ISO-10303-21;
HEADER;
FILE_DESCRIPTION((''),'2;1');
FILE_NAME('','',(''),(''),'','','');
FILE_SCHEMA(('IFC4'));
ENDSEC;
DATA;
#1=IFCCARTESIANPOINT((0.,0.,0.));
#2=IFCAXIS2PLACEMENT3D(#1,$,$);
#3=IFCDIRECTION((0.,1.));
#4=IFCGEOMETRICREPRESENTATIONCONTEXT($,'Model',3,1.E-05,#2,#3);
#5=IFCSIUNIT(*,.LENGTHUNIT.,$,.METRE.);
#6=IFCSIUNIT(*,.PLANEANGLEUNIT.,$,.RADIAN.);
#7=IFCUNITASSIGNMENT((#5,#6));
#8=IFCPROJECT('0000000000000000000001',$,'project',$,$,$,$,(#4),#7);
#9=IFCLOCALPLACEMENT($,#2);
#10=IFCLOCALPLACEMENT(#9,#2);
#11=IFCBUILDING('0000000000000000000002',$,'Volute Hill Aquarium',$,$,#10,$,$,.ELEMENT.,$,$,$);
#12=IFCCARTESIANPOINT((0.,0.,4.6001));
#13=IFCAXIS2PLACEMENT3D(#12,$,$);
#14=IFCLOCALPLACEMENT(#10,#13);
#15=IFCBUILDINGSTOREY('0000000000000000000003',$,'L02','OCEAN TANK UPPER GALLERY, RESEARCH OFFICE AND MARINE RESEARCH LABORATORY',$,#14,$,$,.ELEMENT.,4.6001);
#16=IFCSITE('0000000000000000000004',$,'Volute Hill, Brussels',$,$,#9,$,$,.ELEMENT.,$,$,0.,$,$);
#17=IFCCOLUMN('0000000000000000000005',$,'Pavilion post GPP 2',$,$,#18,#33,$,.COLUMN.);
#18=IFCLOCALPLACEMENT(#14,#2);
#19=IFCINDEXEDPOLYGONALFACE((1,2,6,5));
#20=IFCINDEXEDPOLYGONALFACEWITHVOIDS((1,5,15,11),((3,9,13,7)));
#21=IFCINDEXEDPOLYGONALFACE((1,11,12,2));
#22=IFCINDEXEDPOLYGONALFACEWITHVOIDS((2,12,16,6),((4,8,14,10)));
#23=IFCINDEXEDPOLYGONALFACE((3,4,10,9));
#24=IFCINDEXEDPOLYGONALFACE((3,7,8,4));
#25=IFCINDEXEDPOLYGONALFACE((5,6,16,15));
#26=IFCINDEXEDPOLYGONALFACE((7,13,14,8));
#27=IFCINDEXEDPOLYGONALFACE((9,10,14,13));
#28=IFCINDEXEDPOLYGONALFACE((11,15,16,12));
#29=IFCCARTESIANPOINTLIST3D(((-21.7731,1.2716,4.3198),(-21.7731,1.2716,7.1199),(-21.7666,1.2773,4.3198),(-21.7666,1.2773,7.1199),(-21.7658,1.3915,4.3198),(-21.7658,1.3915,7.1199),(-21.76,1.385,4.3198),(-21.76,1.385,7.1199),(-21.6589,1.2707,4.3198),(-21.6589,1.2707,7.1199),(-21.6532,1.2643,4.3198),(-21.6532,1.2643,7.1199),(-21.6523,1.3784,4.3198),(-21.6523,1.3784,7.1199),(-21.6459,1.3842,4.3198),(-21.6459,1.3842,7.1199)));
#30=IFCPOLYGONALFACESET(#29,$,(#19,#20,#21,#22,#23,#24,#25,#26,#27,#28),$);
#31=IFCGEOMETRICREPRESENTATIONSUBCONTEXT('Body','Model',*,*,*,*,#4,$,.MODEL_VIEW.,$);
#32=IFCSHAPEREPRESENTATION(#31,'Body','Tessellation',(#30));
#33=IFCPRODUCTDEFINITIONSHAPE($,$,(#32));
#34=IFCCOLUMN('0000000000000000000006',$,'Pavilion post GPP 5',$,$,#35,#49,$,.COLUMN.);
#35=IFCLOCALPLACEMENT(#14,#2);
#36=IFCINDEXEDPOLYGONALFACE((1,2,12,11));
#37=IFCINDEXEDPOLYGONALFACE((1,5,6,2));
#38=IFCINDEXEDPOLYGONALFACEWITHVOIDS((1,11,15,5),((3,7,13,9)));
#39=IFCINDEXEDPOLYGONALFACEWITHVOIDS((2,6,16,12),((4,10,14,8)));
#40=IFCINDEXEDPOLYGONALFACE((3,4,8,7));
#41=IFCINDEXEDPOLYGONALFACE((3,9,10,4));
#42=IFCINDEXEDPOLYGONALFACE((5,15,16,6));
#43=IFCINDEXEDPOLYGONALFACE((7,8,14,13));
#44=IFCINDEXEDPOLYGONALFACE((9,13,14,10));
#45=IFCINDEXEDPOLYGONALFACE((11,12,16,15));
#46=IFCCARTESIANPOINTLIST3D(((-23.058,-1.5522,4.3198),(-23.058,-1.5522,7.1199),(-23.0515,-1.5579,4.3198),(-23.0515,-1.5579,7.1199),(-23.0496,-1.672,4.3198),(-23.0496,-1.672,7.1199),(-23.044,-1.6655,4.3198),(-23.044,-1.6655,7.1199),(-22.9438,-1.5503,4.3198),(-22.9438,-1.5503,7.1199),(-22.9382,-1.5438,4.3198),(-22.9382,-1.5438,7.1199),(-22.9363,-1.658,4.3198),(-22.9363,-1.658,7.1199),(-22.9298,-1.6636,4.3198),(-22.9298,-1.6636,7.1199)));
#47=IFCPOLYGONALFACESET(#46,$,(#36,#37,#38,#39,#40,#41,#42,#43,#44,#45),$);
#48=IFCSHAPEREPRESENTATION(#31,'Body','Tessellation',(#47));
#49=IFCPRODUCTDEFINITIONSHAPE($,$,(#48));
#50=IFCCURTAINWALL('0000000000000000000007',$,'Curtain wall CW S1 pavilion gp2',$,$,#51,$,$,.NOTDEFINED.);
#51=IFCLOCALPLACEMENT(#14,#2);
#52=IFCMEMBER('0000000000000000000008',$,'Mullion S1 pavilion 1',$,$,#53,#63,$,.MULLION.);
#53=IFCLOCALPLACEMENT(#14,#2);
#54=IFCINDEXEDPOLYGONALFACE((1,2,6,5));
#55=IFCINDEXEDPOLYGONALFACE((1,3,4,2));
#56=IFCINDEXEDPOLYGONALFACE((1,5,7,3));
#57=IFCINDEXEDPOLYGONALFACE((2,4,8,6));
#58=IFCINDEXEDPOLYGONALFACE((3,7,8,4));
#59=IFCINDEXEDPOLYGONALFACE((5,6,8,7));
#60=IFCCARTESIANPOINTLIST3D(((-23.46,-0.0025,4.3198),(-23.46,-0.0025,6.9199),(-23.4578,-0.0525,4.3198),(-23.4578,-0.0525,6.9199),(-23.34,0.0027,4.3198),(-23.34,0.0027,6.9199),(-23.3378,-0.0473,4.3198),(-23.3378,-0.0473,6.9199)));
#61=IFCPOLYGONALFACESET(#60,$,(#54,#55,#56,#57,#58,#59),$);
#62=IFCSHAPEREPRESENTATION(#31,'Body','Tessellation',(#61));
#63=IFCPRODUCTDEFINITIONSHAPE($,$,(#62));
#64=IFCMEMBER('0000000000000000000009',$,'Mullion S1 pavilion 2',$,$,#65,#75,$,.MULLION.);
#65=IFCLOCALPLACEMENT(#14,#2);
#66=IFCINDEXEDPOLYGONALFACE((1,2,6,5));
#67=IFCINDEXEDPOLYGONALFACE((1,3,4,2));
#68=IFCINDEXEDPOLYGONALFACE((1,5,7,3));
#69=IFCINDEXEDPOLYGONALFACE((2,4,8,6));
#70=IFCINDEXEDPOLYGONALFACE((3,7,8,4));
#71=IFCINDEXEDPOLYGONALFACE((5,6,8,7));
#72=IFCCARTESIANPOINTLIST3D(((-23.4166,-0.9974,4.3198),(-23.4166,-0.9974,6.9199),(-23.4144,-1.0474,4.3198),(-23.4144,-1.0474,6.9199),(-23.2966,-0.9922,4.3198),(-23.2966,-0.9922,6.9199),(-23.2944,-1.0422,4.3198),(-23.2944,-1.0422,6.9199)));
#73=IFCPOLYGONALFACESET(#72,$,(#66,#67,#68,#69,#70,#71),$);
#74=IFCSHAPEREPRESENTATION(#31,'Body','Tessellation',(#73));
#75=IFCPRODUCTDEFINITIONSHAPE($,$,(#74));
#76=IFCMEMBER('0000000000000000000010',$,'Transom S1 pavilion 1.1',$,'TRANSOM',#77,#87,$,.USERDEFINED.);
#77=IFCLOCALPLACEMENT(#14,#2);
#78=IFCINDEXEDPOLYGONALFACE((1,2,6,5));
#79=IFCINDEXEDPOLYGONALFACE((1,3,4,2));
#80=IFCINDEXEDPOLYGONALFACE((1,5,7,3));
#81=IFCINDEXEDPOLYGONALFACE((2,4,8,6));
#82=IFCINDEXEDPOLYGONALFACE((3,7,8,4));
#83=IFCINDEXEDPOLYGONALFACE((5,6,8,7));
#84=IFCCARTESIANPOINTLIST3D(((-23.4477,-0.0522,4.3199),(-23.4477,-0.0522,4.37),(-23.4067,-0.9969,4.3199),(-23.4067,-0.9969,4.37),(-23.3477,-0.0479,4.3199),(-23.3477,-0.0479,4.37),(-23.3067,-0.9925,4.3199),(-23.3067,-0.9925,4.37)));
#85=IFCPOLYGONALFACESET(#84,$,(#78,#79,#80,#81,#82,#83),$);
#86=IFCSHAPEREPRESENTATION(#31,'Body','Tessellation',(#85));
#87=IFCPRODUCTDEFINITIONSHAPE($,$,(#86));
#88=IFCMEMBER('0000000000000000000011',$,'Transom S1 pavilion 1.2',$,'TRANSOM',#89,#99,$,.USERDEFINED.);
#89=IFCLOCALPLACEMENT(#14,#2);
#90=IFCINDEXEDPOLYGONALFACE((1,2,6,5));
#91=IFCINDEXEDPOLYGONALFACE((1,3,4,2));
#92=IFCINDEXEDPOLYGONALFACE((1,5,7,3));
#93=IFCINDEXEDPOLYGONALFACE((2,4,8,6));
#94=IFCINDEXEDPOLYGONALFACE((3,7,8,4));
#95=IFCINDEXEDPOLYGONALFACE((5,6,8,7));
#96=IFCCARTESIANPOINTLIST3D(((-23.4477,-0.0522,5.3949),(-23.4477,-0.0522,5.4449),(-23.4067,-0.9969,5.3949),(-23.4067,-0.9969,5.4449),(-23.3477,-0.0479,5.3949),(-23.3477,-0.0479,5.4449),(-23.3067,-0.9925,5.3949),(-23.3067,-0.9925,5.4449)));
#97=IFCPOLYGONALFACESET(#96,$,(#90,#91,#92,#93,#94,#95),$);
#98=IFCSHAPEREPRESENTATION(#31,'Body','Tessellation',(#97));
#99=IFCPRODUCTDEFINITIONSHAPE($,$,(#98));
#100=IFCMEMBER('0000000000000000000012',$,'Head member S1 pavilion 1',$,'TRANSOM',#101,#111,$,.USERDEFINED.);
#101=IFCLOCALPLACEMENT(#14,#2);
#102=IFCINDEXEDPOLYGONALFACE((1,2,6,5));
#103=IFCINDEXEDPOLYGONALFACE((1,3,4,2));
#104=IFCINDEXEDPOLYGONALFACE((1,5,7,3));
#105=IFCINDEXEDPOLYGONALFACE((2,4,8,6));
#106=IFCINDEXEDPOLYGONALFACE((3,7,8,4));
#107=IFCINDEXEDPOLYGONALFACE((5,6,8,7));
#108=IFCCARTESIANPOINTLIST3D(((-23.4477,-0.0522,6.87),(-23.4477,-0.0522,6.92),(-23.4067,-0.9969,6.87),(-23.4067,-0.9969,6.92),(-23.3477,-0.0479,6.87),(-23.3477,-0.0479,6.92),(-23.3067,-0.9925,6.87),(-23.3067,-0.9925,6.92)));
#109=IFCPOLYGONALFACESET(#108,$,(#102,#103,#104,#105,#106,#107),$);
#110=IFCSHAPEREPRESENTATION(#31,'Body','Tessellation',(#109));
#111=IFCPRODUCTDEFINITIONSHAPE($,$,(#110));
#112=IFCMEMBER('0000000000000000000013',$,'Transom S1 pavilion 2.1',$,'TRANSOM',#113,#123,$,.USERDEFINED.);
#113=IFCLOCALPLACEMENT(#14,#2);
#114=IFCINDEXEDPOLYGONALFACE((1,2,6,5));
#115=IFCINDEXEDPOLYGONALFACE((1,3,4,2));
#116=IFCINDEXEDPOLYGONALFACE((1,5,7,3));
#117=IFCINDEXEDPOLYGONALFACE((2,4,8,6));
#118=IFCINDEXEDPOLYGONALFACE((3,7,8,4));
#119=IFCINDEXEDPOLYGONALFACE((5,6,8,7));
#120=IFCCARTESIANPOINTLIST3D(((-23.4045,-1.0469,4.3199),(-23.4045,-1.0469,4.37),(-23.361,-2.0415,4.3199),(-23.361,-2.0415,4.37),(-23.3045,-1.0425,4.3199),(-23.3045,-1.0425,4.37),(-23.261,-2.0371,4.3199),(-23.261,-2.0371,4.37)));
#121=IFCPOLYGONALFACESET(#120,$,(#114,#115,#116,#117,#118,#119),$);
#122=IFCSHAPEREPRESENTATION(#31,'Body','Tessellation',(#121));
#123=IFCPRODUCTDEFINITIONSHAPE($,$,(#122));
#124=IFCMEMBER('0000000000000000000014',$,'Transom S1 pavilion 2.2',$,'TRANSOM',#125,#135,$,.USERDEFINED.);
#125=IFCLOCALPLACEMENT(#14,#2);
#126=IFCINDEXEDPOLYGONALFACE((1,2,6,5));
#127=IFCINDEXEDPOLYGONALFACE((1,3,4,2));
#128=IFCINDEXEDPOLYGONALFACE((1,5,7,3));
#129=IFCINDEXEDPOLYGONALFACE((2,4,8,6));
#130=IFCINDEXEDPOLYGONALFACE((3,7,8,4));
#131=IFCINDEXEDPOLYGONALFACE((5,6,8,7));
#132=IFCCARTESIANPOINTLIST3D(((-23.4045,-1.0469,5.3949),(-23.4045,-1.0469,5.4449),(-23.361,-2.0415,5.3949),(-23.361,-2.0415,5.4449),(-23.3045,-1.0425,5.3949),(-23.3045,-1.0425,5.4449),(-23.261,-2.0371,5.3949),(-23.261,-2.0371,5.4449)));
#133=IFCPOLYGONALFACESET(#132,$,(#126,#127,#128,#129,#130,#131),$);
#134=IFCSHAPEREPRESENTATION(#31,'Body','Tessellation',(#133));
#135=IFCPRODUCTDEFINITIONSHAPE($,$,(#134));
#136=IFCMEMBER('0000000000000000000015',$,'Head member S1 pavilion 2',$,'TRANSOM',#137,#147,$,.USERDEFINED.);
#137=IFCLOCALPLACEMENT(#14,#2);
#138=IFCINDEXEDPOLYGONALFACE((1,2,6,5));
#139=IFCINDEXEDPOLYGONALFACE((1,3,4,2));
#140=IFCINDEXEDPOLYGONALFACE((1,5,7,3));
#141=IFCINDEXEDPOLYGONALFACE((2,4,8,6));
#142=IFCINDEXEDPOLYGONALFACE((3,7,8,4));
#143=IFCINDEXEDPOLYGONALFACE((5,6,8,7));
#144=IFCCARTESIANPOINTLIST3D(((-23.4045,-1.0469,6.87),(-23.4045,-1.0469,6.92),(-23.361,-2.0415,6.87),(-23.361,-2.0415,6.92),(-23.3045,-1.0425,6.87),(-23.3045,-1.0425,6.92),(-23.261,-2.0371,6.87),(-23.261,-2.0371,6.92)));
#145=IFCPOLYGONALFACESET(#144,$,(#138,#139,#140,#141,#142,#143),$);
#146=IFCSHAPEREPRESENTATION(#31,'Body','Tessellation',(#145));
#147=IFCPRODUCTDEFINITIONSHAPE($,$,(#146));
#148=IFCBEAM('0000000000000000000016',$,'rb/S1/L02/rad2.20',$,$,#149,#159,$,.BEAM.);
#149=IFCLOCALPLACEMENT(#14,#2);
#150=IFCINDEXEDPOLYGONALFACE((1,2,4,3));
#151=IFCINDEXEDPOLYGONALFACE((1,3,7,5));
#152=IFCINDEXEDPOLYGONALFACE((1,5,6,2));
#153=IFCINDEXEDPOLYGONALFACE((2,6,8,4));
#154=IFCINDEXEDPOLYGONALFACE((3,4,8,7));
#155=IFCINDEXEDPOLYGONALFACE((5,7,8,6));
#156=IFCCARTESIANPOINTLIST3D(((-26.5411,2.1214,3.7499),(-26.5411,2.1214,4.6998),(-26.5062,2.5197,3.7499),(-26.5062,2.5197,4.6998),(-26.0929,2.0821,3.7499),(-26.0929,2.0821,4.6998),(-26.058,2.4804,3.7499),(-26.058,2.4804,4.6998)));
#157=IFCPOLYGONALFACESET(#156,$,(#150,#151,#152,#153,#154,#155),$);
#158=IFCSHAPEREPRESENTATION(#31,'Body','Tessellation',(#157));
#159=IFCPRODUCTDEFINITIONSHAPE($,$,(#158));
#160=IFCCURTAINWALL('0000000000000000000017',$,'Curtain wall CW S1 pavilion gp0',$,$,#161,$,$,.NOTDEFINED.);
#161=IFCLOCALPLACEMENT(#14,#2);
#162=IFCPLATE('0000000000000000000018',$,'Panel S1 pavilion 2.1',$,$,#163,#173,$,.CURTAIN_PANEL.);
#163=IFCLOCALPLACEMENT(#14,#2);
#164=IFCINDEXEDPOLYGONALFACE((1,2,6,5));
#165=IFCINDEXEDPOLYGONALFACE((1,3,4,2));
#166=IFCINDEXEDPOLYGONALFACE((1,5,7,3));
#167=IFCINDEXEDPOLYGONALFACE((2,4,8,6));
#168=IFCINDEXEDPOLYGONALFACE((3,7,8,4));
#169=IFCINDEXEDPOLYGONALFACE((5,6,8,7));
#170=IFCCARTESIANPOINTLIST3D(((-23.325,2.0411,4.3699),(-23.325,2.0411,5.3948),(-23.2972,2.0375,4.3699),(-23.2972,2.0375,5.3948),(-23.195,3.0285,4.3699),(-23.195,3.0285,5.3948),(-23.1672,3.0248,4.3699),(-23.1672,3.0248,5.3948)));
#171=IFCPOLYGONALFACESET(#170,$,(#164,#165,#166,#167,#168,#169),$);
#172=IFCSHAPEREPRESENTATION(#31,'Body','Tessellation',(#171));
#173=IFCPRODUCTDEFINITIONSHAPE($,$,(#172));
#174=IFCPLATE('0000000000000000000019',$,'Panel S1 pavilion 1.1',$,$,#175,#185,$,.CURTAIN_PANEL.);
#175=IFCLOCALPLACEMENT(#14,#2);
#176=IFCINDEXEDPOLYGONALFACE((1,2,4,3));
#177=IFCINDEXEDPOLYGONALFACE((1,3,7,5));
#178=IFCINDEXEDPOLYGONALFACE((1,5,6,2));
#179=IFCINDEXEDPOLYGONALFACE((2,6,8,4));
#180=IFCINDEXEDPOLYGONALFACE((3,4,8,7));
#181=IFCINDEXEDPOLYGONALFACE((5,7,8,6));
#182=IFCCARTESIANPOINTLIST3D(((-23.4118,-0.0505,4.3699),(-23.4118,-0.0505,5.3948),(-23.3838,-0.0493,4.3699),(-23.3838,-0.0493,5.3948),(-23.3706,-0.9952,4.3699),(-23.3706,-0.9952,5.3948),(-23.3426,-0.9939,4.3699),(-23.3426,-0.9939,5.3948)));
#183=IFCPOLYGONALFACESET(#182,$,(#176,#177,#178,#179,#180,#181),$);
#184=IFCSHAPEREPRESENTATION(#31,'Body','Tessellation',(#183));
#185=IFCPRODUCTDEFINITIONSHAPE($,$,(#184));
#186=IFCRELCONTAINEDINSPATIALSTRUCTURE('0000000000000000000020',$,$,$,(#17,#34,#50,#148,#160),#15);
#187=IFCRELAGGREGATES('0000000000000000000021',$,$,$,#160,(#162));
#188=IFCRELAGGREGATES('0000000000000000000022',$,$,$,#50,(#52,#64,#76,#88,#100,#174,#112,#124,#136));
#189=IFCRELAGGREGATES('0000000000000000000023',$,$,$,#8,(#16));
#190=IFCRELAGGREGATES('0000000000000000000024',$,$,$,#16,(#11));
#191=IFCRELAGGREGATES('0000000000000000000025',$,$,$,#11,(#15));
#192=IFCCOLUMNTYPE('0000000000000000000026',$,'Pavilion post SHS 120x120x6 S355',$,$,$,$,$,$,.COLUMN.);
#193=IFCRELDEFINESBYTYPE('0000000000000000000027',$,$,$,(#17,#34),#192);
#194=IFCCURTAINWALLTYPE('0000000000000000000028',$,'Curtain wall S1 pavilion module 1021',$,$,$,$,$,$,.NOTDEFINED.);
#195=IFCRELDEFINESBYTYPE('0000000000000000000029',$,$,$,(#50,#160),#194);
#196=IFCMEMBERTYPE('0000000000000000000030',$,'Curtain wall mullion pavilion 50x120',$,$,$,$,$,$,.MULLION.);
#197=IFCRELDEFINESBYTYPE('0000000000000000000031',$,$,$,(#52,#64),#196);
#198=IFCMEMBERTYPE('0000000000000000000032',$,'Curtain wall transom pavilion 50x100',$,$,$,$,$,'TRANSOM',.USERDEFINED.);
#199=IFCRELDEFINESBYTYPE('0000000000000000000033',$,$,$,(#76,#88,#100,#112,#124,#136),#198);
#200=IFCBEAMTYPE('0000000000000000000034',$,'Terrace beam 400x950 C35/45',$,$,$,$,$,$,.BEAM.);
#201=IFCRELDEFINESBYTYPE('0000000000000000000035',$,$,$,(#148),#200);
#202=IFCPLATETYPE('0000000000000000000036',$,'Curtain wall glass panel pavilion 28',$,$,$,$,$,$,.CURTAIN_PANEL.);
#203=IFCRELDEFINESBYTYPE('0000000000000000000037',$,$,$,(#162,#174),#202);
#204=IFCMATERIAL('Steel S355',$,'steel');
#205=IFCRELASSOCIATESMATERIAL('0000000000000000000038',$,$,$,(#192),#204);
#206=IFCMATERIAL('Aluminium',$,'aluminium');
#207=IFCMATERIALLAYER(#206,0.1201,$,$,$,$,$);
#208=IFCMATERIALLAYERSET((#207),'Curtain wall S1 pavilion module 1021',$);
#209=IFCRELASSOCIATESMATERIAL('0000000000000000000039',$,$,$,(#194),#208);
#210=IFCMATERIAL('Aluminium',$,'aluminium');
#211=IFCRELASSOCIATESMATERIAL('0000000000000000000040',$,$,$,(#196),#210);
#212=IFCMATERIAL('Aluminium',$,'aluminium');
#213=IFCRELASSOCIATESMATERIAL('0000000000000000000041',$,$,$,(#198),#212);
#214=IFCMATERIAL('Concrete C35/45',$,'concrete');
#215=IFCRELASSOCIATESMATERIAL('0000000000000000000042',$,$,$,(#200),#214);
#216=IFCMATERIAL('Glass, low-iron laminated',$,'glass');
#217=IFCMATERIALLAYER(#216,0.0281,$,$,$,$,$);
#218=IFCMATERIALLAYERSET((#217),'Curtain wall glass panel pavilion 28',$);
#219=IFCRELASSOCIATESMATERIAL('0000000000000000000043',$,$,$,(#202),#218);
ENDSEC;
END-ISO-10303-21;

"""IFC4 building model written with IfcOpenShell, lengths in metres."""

from ifc_helpers import new_model, si_unit, direction, frame, origin, origin_2d, place, context, subcontext, project, spatial, rectangle, hollow_rectangle, extrude, material, layer, layer_set, material_profile, profile_set, type_object, element, aggregate, save


model = new_model("IFC4")

# Units and contexts
model_context = context("Model", 3, precision=1e-05, world=origin(), true_north=direction((0.0, 1.0)))
body_context = subcontext(model_context, "Body", "Model", "MODEL_VIEW")
ifc_project = project(units=[si_unit("LENGTHUNIT", "METRE"), si_unit("PLANEANGLEUNIT", "RADIAN")], contexts=[model_context])

# Site, building, storey
site_placement = place(None, origin())
site = spatial("IfcSite", under=ifc_project, at=site_placement, Name="Volute Hill, Brussels", CompositionType="ELEMENT", RefElevation=0.0)
building_placement = place(site_placement, origin())
building = spatial("IfcBuilding", under=site, at=building_placement, Name="Volute Hill Aquarium", CompositionType="ELEMENT")
storey_placement = place(building_placement, frame((0.0, 0.0, 4.6001)))
storey = spatial("IfcBuildingStorey", under=building, at=storey_placement, Name="L02", Description="OCEAN TANK UPPER GALLERY, RESEARCH OFFICE AND MARINE RESEARCH LABORATORY", CompositionType="ELEMENT", Elevation=4.6001)

# Columns
ifc_material_1 = material(Name="Steel S355", Category="steel")
ifc_material_profile_1 = material_profile(ifc_material_1, hollow_rectangle(XDim=0.1201, YDim=0.1201, WallThickness=0.0061, at=origin_2d()), Name="SHS 120x120x6")
ifc_profile_set_1 = profile_set([ifc_material_profile_1], Name="Steel S355")
column_type = type_object("IfcColumnType", Name="Pavilion post SHS 120x120x6 S355", PredefinedType="COLUMN", material=ifc_profile_set_1)
for number, where, z_axis, x_axis, name in (
    (1, (-21.7095, 1.3279, 4.3198), (0.0, 0.0, 1.0), (-0.998135, 0.061049, 0.0), "Pavilion post GPP 2"),
    (2, (-22.9939, -1.6079, 4.3198), (0.0, 0.0, 1.0), (-0.997564, -0.069756, 0.0), "Pavilion post GPP 5"),
):
    element("IfcColumn", number, at=place(storey_placement, frame(where, z_axis=z_axis, x_axis=x_axis)), inside=storey, type_object=column_type, Name=name, PredefinedType="COLUMN", context=body_context, shape_type="SweptSolid", body=[
        extrude(hollow_rectangle(XDim=0.1201, YDim=0.1201, WallThickness=0.0061, at=origin_2d()), origin(), (0.0, 0.0, 1.0), 2.8),
    ])

# Curtain wall, members
ifc_material_2 = material(Name="Aluminium", Category="aluminium")
ifc_layer_1 = layer(ifc_material_2, 0.1201)
ifc_layer_set_1 = layer_set([ifc_layer_1], Name="Curtain wall S1 pavilion module 1021")
curtain_wall_type = type_object("IfcCurtainWallType", Name="Curtain wall S1 pavilion module 1021", PredefinedType="NOTDEFINED", material=ifc_layer_set_1)
curtain_wall_1_placement = place(storey_placement, origin())
curtain_wall_1 = element("IfcCurtainWall", 3, at=curtain_wall_1_placement, inside=storey, type_object=curtain_wall_type, Name="Curtain wall CW S1 pavilion gp2", PredefinedType="NOTDEFINED")
ifc_material_3 = material(Name="Aluminium", Category="aluminium")
ifc_material_profile_2 = material_profile(ifc_material_3, rectangle(XDim=0.1201, YDim=0.05, at=origin_2d()), Name="Curtain wall mullion pavilion 50x120")
ifc_profile_set_2 = profile_set([ifc_material_profile_2], Name="Aluminium")
member_type_1 = type_object("IfcMemberType", Name="Curtain wall mullion pavilion 50x120", PredefinedType="MULLION", material=ifc_profile_set_2)
member_1_placement = place(storey_placement, frame((-23.3989, -0.0249, 4.3198), z_axis=(0.0, 0.0, 1.0), x_axis=(0.999049, 0.043599, 0.0)))
member_1 = element("IfcMember", 4, at=member_1_placement, type_object=member_type_1, Name="Mullion S1 pavilion 1", PredefinedType="MULLION", context=body_context, shape_type="SweptSolid", body=[
    extrude(rectangle(XDim=0.1201, YDim=0.05, at=origin_2d()), origin(), (0.0, 0.0, 1.0), 2.6001),
])
member_2_placement = place(storey_placement, frame((-23.3555, -1.0198, 4.3198), z_axis=(0.0, 0.0, 1.0), x_axis=(0.999049, 0.043599, 0.0)))
member_2 = element("IfcMember", 5, at=member_2_placement, type_object=member_type_1, Name="Mullion S1 pavilion 2", PredefinedType="MULLION", context=body_context, shape_type="SweptSolid", body=[
    extrude(rectangle(XDim=0.1201, YDim=0.05, at=origin_2d()), origin(), (0.0, 0.0, 1.0), 2.6001),
])
ifc_material_4 = material(Name="Aluminium", Category="aluminium")
ifc_material_profile_3 = material_profile(ifc_material_4, rectangle(XDim=0.1001, YDim=0.05, at=origin_2d()), Name="Curtain wall transom pavilion 50x100")
ifc_profile_set_3 = profile_set([ifc_material_profile_3], Name="Aluminium")
member_type_2 = type_object("IfcMemberType", Name="Curtain wall transom pavilion 50x100", ElementType="TRANSOM", PredefinedType="USERDEFINED", material=ifc_profile_set_3)
member_3_placement = place(storey_placement, frame((-23.3977, -0.05, 4.345), z_axis=(0.043381, -0.999059, 0.0), x_axis=(0.999059, 0.043381, 0.0)))
member_3 = element("IfcMember", 6, at=member_3_placement, type_object=member_type_2, Name="Transom S1 pavilion 1.1", ObjectType="TRANSOM", PredefinedType="USERDEFINED", context=body_context, shape_type="SweptSolid", body=[
    extrude(rectangle(XDim=0.1001, YDim=0.05, at=origin_2d()), origin(), (0.0, 0.0, 1.0), 0.9456),
])
member_4_placement = place(storey_placement, frame((-23.3977, -0.05, 5.4199), z_axis=(0.043381, -0.999059, 0.0), x_axis=(0.999059, 0.043381, 0.0)))
member_4 = element("IfcMember", 7, at=member_4_placement, type_object=member_type_2, Name="Transom S1 pavilion 1.2", ObjectType="TRANSOM", PredefinedType="USERDEFINED", context=body_context, shape_type="SweptSolid", body=[
    extrude(rectangle(XDim=0.1001, YDim=0.05, at=origin_2d()), origin(), (0.0, 0.0, 1.0), 0.9456),
])
member_5_placement = place(storey_placement, frame((-23.3977, -0.05, 6.895), z_axis=(0.043381, -0.999059, 0.0), x_axis=(0.999059, 0.043381, 0.0)))
member_5 = element("IfcMember", 8, at=member_5_placement, type_object=member_type_2, Name="Head member S1 pavilion 1", ObjectType="TRANSOM", PredefinedType="USERDEFINED", context=body_context, shape_type="SweptSolid", body=[
    extrude(rectangle(XDim=0.1001, YDim=0.05, at=origin_2d()), origin(), (0.0, 0.0, 1.0), 0.9456),
])
member_6_placement = place(storey_placement, frame((-23.3545, -1.0447, 4.345), z_axis=(0.04365, -0.999047, 0.0), x_axis=(0.999047, 0.04365, 0.0)))
member_6 = element("IfcMember", 9, at=member_6_placement, type_object=member_type_2, Name="Transom S1 pavilion 2.1", ObjectType="TRANSOM", PredefinedType="USERDEFINED", context=body_context, shape_type="SweptSolid", body=[
    extrude(rectangle(XDim=0.1001, YDim=0.05, at=origin_2d()), origin(), (0.0, 0.0, 1.0), 0.9956),
])
member_7_placement = place(storey_placement, frame((-23.3545, -1.0447, 5.4199), z_axis=(0.04365, -0.999047, 0.0), x_axis=(0.999047, 0.04365, 0.0)))
member_7 = element("IfcMember", 10, at=member_7_placement, type_object=member_type_2, Name="Transom S1 pavilion 2.2", ObjectType="TRANSOM", PredefinedType="USERDEFINED", context=body_context, shape_type="SweptSolid", body=[
    extrude(rectangle(XDim=0.1001, YDim=0.05, at=origin_2d()), origin(), (0.0, 0.0, 1.0), 0.9956),
])
member_8_placement = place(storey_placement, frame((-23.3545, -1.0447, 6.895), z_axis=(0.04365, -0.999047, 0.0), x_axis=(0.999047, 0.04365, 0.0)))
member_8 = element("IfcMember", 11, at=member_8_placement, type_object=member_type_2, Name="Head member S1 pavilion 2", ObjectType="TRANSOM", PredefinedType="USERDEFINED", context=body_context, shape_type="SweptSolid", body=[
    extrude(rectangle(XDim=0.1001, YDim=0.05, at=origin_2d()), origin(), (0.0, 0.0, 1.0), 0.9956),
])

# Beam
ifc_material_5 = material(Name="Concrete C35/45", Category="concrete")
ifc_material_profile_4 = material_profile(ifc_material_5, rectangle(XDim=0.3999, YDim=0.95, at=origin_2d()), Name="RC beam 400x950")
ifc_profile_set_4 = profile_set([ifc_material_profile_4], Name="Concrete C35/45")
beam_type = type_object("IfcBeamType", Name="Terrace beam 400x950 C35/45", PredefinedType="BEAM", material=ifc_profile_set_4)
beam_placement = place(storey_placement, frame((-26.0754, 2.2812, 4.2249), z_axis=(-0.996177, 0.087355, 0.0), x_axis=(-0.087355, -0.996177, 0.0)))
element("IfcBeam", 12, at=beam_placement, inside=storey, type_object=beam_type, Name="rb/S1/L02/rad2.20", PredefinedType="BEAM", context=body_context, shape_type="SweptSolid", body=[
    extrude(rectangle(XDim=0.3999, YDim=0.95, at=origin_2d()), origin(), (0.0, 0.0, 1.0), 0.45),
])

# Curtain wall, plate
curtain_wall_2_placement = place(storey_placement, origin())
curtain_wall_2 = element("IfcCurtainWall", 13, at=curtain_wall_2_placement, inside=storey, type_object=curtain_wall_type, Name="Curtain wall CW S1 pavilion gp0", PredefinedType="NOTDEFINED")
ifc_material_6 = material(Name="Glass, low-iron laminated", Category="glass")
ifc_layer_2 = layer(ifc_material_6, 0.0281)
ifc_layer_set_2 = layer_set([ifc_layer_2], Name="Curtain wall glass panel pavilion 28")
plate_type = type_object("IfcPlateType", Name="Curtain wall glass panel pavilion 28", PredefinedType="CURTAIN_PANEL", material=ifc_layer_set_2)
plate_1_placement = place(storey_placement, frame((-23.2461, 2.533, 4.3699), z_axis=(0.0, 0.0, 1.0), x_axis=(-0.130543, -0.991443, 0.0)))
plate_1 = element("IfcPlate", 14, at=plate_1_placement, type_object=plate_type, Name="Panel S1 pavilion 2.1", PredefinedType="CURTAIN_PANEL", context=body_context, shape_type="SweptSolid", body=[
    extrude(rectangle(XDim=0.9958, YDim=0.0281, at=origin_2d()), origin(), (0.0, 0.0, 1.0), 1.0249),
])
aggregate(curtain_wall_2, [plate_1])

# Plate
plate_2_placement = place(storey_placement, frame((-23.3772, -0.5222, 4.3699), z_axis=(0.0, 0.0, 1.0), x_axis=(0.043599, -0.999049, 0.0)))
plate_2 = element("IfcPlate", 15, at=plate_2_placement, type_object=plate_type, Name="Panel S1 pavilion 1.1", PredefinedType="CURTAIN_PANEL", context=body_context, shape_type="SweptSolid", body=[
    extrude(rectangle(XDim=0.9456, YDim=0.0281, at=origin_2d()), origin(), (0.0, 0.0, 1.0), 1.0249),
])
aggregate(curtain_wall_1, [member_1, member_2, member_3, member_4, member_5, plate_2, member_6, member_7, member_8])

save(model, "model.ifc")
